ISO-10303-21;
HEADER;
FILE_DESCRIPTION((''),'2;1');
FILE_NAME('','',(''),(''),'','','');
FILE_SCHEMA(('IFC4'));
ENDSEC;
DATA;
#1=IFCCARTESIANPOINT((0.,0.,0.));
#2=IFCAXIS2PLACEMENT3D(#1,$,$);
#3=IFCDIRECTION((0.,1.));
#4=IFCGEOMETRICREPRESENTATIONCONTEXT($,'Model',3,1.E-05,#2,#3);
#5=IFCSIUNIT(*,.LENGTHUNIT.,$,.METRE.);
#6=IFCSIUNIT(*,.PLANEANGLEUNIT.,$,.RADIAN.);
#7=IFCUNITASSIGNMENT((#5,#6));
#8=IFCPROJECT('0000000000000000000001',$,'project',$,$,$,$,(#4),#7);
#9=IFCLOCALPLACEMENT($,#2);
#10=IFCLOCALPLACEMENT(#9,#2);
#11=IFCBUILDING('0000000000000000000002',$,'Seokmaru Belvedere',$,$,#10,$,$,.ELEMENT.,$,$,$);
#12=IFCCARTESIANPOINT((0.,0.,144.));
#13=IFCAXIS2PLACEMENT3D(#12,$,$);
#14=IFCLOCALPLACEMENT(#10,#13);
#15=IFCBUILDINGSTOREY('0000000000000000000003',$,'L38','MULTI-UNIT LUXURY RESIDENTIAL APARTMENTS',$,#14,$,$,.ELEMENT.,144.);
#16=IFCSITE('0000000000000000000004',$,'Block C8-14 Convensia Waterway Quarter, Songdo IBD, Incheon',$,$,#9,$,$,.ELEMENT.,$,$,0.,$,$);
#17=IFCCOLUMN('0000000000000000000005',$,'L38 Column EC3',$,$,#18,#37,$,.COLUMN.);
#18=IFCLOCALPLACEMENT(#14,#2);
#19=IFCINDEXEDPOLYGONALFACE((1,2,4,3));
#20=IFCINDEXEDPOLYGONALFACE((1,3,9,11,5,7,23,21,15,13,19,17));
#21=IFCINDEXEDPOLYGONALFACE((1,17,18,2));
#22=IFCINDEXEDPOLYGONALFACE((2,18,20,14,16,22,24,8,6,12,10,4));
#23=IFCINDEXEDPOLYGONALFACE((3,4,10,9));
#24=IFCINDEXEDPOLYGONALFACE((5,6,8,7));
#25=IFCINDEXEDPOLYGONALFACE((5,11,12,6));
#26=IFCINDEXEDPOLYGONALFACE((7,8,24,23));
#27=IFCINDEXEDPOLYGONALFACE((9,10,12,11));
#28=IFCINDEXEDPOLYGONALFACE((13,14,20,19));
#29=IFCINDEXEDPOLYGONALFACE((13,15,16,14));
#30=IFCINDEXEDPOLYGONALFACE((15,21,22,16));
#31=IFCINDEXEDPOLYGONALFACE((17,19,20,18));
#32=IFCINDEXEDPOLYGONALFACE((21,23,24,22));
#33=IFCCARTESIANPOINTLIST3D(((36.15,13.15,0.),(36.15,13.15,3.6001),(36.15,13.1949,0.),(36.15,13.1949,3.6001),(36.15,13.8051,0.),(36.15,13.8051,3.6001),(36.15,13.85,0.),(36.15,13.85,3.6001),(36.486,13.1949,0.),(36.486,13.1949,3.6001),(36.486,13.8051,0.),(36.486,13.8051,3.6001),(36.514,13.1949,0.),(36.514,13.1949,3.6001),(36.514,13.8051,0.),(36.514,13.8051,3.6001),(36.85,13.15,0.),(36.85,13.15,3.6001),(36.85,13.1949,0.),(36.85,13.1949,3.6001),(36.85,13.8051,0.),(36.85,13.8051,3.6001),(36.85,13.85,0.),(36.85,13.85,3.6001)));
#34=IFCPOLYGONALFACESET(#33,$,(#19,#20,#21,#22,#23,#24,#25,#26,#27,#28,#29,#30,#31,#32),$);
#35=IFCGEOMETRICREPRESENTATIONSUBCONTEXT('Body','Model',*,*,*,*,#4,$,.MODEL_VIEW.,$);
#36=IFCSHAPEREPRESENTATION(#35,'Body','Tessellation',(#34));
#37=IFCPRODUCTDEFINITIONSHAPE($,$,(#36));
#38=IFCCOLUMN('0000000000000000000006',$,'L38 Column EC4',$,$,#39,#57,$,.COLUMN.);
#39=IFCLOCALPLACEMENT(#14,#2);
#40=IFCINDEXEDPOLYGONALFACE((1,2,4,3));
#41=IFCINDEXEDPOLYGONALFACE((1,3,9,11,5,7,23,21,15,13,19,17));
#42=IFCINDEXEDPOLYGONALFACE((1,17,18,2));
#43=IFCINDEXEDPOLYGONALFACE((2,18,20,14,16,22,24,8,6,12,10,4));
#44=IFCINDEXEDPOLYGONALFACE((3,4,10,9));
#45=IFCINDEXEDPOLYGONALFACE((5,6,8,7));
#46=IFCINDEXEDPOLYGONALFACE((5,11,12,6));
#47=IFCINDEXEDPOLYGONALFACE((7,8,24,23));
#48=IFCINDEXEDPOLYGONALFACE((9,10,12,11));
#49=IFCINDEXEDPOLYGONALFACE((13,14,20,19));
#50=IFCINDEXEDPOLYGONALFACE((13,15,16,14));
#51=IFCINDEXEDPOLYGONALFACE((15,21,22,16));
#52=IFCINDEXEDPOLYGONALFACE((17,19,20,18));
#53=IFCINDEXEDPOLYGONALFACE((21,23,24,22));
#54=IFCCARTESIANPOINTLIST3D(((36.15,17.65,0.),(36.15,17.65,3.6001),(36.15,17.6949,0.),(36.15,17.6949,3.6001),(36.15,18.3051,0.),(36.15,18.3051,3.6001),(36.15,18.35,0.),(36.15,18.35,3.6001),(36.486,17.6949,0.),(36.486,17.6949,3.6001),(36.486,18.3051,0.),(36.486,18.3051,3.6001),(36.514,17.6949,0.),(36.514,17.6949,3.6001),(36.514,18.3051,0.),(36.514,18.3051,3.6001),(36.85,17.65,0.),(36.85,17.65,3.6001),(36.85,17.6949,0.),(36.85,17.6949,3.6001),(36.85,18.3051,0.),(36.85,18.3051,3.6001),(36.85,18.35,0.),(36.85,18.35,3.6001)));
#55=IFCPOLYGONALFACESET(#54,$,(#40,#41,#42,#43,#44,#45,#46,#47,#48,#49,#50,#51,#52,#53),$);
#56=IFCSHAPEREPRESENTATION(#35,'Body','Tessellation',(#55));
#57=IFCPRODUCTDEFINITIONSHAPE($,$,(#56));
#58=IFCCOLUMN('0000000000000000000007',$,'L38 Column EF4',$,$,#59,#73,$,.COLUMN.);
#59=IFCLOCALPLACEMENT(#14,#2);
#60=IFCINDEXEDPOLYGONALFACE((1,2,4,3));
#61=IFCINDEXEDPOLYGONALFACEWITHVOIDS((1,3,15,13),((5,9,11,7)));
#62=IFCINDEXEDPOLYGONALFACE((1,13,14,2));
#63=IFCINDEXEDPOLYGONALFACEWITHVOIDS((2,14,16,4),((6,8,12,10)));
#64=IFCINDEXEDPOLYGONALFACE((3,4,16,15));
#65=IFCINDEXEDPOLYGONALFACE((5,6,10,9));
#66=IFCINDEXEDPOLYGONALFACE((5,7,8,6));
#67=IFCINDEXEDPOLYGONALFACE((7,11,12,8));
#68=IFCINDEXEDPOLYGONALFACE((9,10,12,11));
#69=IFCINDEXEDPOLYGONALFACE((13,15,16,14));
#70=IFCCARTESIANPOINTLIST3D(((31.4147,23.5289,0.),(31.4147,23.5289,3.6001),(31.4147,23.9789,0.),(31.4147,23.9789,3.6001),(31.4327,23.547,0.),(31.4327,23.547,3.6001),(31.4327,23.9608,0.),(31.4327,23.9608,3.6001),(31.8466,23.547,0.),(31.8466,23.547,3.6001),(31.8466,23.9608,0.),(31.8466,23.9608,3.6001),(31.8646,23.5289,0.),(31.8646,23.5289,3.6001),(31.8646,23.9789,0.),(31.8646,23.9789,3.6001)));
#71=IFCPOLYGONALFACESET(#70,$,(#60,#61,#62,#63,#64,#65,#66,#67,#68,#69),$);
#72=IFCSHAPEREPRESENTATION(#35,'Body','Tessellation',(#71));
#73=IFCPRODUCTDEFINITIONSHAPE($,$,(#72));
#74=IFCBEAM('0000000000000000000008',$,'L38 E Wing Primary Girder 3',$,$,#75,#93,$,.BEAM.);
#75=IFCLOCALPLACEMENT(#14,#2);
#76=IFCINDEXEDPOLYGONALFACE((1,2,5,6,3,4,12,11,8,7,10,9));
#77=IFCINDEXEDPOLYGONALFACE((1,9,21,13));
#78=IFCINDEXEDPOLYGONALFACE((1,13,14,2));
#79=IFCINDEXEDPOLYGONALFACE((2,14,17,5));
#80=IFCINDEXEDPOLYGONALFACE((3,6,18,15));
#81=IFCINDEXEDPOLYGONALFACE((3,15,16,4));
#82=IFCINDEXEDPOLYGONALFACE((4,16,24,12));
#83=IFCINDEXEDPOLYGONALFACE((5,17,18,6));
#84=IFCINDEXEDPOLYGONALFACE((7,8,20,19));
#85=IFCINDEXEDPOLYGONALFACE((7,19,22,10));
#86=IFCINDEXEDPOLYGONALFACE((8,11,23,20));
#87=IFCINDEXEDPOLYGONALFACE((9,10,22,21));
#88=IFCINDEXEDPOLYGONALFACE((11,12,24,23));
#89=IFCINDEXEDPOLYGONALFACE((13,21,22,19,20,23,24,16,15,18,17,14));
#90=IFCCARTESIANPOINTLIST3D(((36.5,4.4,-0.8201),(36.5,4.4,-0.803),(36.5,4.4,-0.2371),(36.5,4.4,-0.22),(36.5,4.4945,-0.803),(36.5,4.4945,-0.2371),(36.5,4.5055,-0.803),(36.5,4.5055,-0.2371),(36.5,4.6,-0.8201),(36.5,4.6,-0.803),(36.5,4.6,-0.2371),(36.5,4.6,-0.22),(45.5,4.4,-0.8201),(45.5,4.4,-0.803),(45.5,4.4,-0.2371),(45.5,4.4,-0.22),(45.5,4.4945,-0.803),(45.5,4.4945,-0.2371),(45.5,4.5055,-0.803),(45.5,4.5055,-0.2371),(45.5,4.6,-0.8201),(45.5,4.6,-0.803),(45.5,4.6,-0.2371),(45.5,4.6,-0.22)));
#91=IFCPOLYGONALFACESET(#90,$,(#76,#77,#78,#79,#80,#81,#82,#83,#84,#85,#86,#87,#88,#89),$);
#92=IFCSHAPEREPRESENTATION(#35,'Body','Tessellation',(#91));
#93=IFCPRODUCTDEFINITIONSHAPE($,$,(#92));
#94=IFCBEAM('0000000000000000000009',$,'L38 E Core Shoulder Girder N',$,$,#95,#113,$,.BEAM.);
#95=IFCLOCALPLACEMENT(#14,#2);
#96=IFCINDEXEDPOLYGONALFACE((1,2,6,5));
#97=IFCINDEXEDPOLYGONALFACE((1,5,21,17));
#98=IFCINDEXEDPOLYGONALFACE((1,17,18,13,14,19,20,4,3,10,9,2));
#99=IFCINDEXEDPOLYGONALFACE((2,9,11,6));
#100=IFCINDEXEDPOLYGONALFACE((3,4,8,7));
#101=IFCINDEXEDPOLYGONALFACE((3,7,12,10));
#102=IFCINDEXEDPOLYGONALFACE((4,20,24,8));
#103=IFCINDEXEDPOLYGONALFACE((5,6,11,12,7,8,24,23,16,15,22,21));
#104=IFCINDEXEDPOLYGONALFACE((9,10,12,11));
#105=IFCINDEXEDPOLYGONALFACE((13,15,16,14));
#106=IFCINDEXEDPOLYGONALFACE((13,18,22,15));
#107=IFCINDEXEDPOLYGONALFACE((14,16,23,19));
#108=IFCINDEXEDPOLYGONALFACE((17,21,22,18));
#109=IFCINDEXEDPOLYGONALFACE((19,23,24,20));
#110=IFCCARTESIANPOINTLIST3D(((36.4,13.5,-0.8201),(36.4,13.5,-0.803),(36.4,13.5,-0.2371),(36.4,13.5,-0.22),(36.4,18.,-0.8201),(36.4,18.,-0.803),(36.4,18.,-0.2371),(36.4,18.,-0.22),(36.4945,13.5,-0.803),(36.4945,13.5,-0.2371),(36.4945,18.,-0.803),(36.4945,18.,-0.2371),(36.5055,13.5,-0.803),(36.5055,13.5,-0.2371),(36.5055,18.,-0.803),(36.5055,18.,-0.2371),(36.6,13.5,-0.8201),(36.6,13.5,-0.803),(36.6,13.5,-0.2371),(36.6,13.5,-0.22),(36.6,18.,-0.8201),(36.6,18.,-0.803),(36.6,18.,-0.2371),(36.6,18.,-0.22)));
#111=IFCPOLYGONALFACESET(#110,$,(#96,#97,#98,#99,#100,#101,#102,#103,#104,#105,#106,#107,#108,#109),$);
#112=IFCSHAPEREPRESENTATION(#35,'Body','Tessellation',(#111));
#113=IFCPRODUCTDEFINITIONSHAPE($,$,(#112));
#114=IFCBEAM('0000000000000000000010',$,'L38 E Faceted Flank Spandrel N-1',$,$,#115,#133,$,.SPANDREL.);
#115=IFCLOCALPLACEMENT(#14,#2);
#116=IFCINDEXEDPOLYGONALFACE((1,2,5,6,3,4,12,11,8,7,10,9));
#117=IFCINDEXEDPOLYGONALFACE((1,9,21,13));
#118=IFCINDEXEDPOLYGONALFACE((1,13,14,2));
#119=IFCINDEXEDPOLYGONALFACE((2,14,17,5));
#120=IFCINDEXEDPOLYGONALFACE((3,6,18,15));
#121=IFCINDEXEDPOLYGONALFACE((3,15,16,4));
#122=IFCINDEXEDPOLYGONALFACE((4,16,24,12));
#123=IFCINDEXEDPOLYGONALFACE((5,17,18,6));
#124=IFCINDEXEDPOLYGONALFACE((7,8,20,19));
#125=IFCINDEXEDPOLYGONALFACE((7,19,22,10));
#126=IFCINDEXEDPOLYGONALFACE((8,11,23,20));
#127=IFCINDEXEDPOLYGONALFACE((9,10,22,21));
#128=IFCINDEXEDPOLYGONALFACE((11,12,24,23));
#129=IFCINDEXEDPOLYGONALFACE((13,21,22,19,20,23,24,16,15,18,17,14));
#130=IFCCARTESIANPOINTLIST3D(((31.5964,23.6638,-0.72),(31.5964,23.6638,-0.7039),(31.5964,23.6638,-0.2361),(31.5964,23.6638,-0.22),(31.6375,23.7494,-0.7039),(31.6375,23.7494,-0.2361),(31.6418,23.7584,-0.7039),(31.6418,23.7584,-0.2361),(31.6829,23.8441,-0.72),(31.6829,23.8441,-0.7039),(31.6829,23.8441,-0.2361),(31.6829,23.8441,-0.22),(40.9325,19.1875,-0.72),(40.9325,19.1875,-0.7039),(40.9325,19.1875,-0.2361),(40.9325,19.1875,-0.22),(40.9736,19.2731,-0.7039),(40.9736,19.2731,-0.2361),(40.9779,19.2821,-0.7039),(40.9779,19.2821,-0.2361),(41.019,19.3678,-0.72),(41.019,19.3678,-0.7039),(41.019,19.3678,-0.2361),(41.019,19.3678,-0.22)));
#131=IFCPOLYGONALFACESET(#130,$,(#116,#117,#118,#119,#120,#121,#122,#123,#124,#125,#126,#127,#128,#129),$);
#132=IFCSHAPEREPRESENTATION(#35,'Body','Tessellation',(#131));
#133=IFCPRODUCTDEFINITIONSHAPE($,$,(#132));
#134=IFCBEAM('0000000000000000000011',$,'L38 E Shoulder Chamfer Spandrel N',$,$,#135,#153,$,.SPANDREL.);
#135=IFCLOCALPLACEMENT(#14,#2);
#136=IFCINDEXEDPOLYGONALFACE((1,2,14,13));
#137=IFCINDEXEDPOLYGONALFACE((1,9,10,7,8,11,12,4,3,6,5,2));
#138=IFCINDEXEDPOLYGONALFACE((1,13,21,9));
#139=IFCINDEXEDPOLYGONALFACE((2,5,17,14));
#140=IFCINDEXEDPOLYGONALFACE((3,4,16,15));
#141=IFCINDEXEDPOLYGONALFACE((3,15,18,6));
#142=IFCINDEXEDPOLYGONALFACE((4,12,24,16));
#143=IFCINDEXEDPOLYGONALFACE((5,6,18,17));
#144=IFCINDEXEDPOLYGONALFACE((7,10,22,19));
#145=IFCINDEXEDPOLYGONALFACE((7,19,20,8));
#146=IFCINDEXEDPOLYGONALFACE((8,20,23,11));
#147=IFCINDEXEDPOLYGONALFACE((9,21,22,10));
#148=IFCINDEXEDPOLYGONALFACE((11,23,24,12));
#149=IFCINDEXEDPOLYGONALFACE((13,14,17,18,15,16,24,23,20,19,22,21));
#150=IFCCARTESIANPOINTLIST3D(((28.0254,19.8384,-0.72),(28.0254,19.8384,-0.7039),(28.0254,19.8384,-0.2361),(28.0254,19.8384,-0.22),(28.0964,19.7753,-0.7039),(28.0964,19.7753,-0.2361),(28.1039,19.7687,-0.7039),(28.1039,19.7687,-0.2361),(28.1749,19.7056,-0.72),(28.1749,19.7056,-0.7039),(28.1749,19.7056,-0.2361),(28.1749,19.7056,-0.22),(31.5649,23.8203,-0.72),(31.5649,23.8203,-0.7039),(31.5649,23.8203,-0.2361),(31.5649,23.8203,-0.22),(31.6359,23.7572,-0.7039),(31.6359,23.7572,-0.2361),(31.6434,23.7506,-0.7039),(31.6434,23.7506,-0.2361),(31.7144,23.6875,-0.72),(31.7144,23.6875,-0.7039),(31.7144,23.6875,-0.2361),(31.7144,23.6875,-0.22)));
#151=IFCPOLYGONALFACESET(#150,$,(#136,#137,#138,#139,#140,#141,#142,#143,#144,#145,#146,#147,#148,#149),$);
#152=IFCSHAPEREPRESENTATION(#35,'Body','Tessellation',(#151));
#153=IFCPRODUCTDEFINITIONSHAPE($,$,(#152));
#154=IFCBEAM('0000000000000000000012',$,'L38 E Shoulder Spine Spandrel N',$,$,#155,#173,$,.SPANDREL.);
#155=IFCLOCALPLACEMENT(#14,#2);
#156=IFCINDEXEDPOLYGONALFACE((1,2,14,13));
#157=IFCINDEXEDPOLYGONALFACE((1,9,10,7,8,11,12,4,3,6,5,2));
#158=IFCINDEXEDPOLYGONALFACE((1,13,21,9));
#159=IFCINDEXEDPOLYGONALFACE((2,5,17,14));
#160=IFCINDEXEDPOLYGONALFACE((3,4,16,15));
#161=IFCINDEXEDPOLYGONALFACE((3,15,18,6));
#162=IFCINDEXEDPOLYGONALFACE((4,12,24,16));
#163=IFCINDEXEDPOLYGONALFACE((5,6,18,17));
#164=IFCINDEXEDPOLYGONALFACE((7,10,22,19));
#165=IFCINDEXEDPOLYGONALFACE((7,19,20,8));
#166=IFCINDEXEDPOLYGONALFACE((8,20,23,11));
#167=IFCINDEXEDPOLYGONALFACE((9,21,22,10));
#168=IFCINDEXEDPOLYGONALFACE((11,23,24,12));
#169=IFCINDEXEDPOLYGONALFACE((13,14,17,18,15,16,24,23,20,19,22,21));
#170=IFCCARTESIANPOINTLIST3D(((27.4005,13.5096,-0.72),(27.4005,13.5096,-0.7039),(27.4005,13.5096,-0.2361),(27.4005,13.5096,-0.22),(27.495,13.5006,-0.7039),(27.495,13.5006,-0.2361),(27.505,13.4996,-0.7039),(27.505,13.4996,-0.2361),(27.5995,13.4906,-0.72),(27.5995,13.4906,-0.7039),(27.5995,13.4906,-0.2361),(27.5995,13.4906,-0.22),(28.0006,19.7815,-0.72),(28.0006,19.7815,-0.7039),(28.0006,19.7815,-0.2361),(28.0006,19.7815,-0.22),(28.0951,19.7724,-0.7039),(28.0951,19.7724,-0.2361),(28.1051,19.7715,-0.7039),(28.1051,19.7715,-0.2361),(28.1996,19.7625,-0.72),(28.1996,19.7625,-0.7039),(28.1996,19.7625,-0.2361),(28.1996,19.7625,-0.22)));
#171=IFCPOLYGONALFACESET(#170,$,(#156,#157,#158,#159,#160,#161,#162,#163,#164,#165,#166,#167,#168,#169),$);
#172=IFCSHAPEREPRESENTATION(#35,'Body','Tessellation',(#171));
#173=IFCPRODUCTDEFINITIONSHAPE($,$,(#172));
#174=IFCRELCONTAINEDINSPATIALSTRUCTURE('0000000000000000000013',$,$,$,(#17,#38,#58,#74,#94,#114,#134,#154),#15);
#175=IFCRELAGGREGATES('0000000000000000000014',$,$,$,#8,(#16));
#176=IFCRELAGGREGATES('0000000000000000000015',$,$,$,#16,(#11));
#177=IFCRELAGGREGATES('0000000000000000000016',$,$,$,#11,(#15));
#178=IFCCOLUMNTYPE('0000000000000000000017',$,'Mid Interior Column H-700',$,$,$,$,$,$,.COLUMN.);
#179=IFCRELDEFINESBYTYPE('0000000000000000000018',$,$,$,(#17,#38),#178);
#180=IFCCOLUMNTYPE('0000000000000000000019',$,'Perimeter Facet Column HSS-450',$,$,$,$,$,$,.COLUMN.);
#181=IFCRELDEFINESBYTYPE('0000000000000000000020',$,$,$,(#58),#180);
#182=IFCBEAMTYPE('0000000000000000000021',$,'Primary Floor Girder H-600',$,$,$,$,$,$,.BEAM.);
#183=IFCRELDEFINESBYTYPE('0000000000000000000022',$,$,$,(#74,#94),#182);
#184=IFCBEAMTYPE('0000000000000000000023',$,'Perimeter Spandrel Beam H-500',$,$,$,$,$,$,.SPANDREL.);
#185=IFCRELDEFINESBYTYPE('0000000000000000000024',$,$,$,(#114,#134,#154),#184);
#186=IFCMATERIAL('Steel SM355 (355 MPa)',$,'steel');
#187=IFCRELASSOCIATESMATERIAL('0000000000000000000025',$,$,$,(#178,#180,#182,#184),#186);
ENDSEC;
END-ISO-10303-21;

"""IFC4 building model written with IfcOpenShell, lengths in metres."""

from ifc_helpers import new_model, si_unit, direction, frame, origin, origin_2d, place, context, subcontext, project, spatial, hollow_rectangle, i_section, extrude, source, transform, mapped, material, material_profile, profile_set, type_object, type_shapes, element, save


model = new_model("IFC4")

# Units and contexts
model_context = context("Model", 3, precision=1e-05, world=origin(), true_north=direction((0.0, 1.0)))
body_context = subcontext(model_context, "Body", "Model", "MODEL_VIEW")
ifc_project = project(units=[si_unit("LENGTHUNIT", "METRE"), si_unit("PLANEANGLEUNIT", "RADIAN")], contexts=[model_context])

# Site, building, storey
site_placement = place(None, origin())
site = spatial("IfcSite", under=ifc_project, at=site_placement, Name="Block C8-14 Convensia Waterway Quarter, Songdo IBD, Incheon", CompositionType="ELEMENT", RefElevation=0.0)
building_placement = place(site_placement, origin())
building = spatial("IfcBuilding", under=site, at=building_placement, Name="Seokmaru Belvedere", CompositionType="ELEMENT")
storey_placement = place(building_placement, frame((0.0, 0.0, 144.0)))
storey = spatial("IfcBuildingStorey", under=building, at=storey_placement, Name="L38", Description="MULTI-UNIT LUXURY RESIDENTIAL APARTMENTS", CompositionType="ELEMENT", Elevation=144.0)

# Columns
ifc_material_1 = material(Name="Steel SM355 (355 MPa)", Category="steel")
ifc_material_profile_1 = material_profile(ifc_material_1, i_section(OverallWidth=0.7, OverallDepth=0.7, WebThickness=0.0281, FlangeThickness=0.0449, at=origin_2d()), Name="H-700x700x28x45")
ifc_profile_set_1 = profile_set([ifc_material_profile_1], Name="Steel SM355 (355 MPa)")
column_type_1 = type_object("IfcColumnType", Name="Mid Interior Column H-700", PredefinedType="COLUMN", material=ifc_profile_set_1)
shared_shape_1 = source(origin(), body_context, "Body", "SweptSolid", [
    extrude(i_section(OverallWidth=0.7, OverallDepth=0.7, WebThickness=0.0281, FlangeThickness=0.0449, at=origin_2d()), origin(), (0.0, 0.0, 1.0), 3.6001),
])
type_shapes(column_type_1, [shared_shape_1])
for number, where, z_axis, x_axis, name in (
    (1, (36.5, 13.5, 0.0), (0.0, 0.0, 1.0), (1.0, 0.0, 0.0), "L38 Column EC3"),
    (2, (36.5, 18.0, 0.0), (0.0, 0.0, 1.0), (1.0, 0.0, 0.0), "L38 Column EC4"),
):
    element("IfcColumn", number, at=place(storey_placement, frame(where, z_axis=z_axis, x_axis=x_axis)), inside=storey, type_object=column_type_1, Name=name, PredefinedType="COLUMN", context=body_context, shape_type="MappedRepresentation", body=[
        mapped(shared_shape_1, transform((0.0, 0.0, 0.0), scale=1.0)),
    ])
ifc_material_profile_2 = material_profile(ifc_material_1, hollow_rectangle(XDim=0.45, YDim=0.45, WallThickness=0.0181, at=origin_2d()), Name="HSS-450x450x18")
ifc_profile_set_2 = profile_set([ifc_material_profile_2], Name="Steel SM355 (355 MPa)")
column_type_2 = type_object("IfcColumnType", Name="Perimeter Facet Column HSS-450", PredefinedType="COLUMN", material=ifc_profile_set_2)
shared_shape_2 = source(origin(), body_context, "Body", "SweptSolid", [
    extrude(hollow_rectangle(XDim=0.45, YDim=0.45, WallThickness=0.0181, at=origin_2d()), origin(), (0.0, 0.0, 1.0), 3.6001),
])
type_shapes(column_type_2, [shared_shape_2])
column_placement = place(storey_placement, frame((31.6396, 23.7539, 0.0), z_axis=(0.0, 0.0, 1.0), x_axis=(1.0, 0.0, 0.0)))
element("IfcColumn", 3, at=column_placement, inside=storey, type_object=column_type_2, Name="L38 Column EF4", PredefinedType="COLUMN", context=body_context, shape_type="MappedRepresentation", body=[
    mapped(shared_shape_2, transform((0.0, 0.0, 0.0), scale=1.0)),
])

# Beams
ifc_material_profile_3 = material_profile(ifc_material_1, i_section(OverallWidth=0.2, OverallDepth=0.6001, WebThickness=0.011, FlangeThickness=0.0171, at=origin_2d()), Name="H-600x200x11x17")
ifc_profile_set_3 = profile_set([ifc_material_profile_3], Name="Steel SM355 (355 MPa)")
beam_type_1 = type_object("IfcBeamType", Name="Primary Floor Girder H-600", PredefinedType="BEAM", material=ifc_profile_set_3)
shared_shape_3 = source(origin(), body_context, "Body", "SweptSolid", [
    extrude(i_section(OverallWidth=0.2, OverallDepth=0.6001, WebThickness=0.011, FlangeThickness=0.0171, at=origin_2d()), origin(), (0.0, 0.0, 1.0), 9.0),
])
beam_1_placement = place(storey_placement, frame((36.5, 4.5, -0.52), z_axis=(1.0, 0.0, 0.0), x_axis=(0.0, 1.0, 0.0)))
element("IfcBeam", 4, at=beam_1_placement, inside=storey, type_object=beam_type_1, Name="L38 E Wing Primary Girder 3", PredefinedType="BEAM", context=body_context, shape_type="MappedRepresentation", body=[
    mapped(shared_shape_3, transform((0.0, 0.0, 0.0), scale=1.0)),
])
shared_shape_4 = source(origin(), body_context, "Body", "SweptSolid", [
    extrude(i_section(OverallWidth=0.2, OverallDepth=0.6001, WebThickness=0.011, FlangeThickness=0.0171, at=origin_2d()), origin(), (0.0, 0.0, 1.0), 4.5),
])
type_shapes(beam_type_1, [shared_shape_3, shared_shape_4])
beam_2_placement = place(storey_placement, frame((36.5, 13.5, -0.52), z_axis=(0.0, 1.0, 0.0), x_axis=(-1.0, 0.0, 0.0)))
element("IfcBeam", 5, at=beam_2_placement, inside=storey, type_object=beam_type_1, Name="L38 E Core Shoulder Girder N", PredefinedType="BEAM", context=body_context, shape_type="MappedRepresentation", body=[
    mapped(shared_shape_4, transform((0.0, 0.0, 0.0), scale=1.0)),
])
ifc_material_profile_4 = material_profile(ifc_material_1, i_section(OverallWidth=0.2, OverallDepth=0.5, WebThickness=0.01, FlangeThickness=0.0161, at=origin_2d()), Name="H-500x200x10x16")
ifc_profile_set_4 = profile_set([ifc_material_profile_4], Name="Steel SM355 (355 MPa)")
beam_type_2 = type_object("IfcBeamType", Name="Perimeter Spandrel Beam H-500", PredefinedType="SPANDREL", material=ifc_profile_set_4)
shared_shape_5 = source(origin(), body_context, "Body", "SweptSolid", [
    extrude(i_section(OverallWidth=0.2, OverallDepth=0.5, WebThickness=0.01, FlangeThickness=0.0161, at=origin_2d()), origin(), (0.0, 0.0, 1.0), 10.3538),
])
beam_3_placement = place(storey_placement, frame((31.6396, 23.7539, -0.47), z_axis=(0.901713, -0.432335, 0.0), x_axis=(0.432335, 0.901713, 0.0)))
element("IfcBeam", 6, at=beam_3_placement, inside=storey, type_object=beam_type_2, Name="L38 E Faceted Flank Spandrel N-1", PredefinedType="SPANDREL", context=body_context, shape_type="MappedRepresentation", body=[
    mapped(shared_shape_5, transform((0.0, 0.0, 0.0), scale=1.0)),
])
shared_shape_6 = source(origin(), body_context, "Body", "SweptSolid", [
    extrude(i_section(OverallWidth=0.2, OverallDepth=0.5, WebThickness=0.01, FlangeThickness=0.0161, at=origin_2d()), origin(), (0.0, 0.0, 1.0), 5.3276),
])
beam_4_placement = place(storey_placement, frame((31.6396, 23.7539, -0.47), z_axis=(-0.66437, -0.747404, 0.0), x_axis=(0.747404, -0.66437, 0.0)))
element("IfcBeam", 7, at=beam_4_placement, inside=storey, type_object=beam_type_2, Name="L38 E Shoulder Chamfer Spandrel N", PredefinedType="SPANDREL", context=body_context, shape_type="MappedRepresentation", body=[
    mapped(shared_shape_6, transform((0.0, 0.0, 0.0), scale=1.0)),
])
shared_shape_7 = source(origin(), body_context, "Body", "SweptSolid", [
    extrude(i_section(OverallWidth=0.2, OverallDepth=0.5, WebThickness=0.01, FlangeThickness=0.0161, at=origin_2d()), origin(), (0.0, 0.0, 1.0), 6.3005),
])
type_shapes(beam_type_2, [shared_shape_5, shared_shape_6, shared_shape_7])
beam_5_placement = place(storey_placement, frame((28.1001, 19.772, -0.47), z_axis=(-0.095244, -0.995454, 0.0), x_axis=(0.995454, -0.095244, 0.0)))
element("IfcBeam", 8, at=beam_5_placement, inside=storey, type_object=beam_type_2, Name="L38 E Shoulder Spine Spandrel N", PredefinedType="SPANDREL", context=body_context, shape_type="MappedRepresentation", body=[
    mapped(shared_shape_7, transform((0.0, 0.0, 0.0), scale=1.0)),
])

save(model, "model.ifc")
